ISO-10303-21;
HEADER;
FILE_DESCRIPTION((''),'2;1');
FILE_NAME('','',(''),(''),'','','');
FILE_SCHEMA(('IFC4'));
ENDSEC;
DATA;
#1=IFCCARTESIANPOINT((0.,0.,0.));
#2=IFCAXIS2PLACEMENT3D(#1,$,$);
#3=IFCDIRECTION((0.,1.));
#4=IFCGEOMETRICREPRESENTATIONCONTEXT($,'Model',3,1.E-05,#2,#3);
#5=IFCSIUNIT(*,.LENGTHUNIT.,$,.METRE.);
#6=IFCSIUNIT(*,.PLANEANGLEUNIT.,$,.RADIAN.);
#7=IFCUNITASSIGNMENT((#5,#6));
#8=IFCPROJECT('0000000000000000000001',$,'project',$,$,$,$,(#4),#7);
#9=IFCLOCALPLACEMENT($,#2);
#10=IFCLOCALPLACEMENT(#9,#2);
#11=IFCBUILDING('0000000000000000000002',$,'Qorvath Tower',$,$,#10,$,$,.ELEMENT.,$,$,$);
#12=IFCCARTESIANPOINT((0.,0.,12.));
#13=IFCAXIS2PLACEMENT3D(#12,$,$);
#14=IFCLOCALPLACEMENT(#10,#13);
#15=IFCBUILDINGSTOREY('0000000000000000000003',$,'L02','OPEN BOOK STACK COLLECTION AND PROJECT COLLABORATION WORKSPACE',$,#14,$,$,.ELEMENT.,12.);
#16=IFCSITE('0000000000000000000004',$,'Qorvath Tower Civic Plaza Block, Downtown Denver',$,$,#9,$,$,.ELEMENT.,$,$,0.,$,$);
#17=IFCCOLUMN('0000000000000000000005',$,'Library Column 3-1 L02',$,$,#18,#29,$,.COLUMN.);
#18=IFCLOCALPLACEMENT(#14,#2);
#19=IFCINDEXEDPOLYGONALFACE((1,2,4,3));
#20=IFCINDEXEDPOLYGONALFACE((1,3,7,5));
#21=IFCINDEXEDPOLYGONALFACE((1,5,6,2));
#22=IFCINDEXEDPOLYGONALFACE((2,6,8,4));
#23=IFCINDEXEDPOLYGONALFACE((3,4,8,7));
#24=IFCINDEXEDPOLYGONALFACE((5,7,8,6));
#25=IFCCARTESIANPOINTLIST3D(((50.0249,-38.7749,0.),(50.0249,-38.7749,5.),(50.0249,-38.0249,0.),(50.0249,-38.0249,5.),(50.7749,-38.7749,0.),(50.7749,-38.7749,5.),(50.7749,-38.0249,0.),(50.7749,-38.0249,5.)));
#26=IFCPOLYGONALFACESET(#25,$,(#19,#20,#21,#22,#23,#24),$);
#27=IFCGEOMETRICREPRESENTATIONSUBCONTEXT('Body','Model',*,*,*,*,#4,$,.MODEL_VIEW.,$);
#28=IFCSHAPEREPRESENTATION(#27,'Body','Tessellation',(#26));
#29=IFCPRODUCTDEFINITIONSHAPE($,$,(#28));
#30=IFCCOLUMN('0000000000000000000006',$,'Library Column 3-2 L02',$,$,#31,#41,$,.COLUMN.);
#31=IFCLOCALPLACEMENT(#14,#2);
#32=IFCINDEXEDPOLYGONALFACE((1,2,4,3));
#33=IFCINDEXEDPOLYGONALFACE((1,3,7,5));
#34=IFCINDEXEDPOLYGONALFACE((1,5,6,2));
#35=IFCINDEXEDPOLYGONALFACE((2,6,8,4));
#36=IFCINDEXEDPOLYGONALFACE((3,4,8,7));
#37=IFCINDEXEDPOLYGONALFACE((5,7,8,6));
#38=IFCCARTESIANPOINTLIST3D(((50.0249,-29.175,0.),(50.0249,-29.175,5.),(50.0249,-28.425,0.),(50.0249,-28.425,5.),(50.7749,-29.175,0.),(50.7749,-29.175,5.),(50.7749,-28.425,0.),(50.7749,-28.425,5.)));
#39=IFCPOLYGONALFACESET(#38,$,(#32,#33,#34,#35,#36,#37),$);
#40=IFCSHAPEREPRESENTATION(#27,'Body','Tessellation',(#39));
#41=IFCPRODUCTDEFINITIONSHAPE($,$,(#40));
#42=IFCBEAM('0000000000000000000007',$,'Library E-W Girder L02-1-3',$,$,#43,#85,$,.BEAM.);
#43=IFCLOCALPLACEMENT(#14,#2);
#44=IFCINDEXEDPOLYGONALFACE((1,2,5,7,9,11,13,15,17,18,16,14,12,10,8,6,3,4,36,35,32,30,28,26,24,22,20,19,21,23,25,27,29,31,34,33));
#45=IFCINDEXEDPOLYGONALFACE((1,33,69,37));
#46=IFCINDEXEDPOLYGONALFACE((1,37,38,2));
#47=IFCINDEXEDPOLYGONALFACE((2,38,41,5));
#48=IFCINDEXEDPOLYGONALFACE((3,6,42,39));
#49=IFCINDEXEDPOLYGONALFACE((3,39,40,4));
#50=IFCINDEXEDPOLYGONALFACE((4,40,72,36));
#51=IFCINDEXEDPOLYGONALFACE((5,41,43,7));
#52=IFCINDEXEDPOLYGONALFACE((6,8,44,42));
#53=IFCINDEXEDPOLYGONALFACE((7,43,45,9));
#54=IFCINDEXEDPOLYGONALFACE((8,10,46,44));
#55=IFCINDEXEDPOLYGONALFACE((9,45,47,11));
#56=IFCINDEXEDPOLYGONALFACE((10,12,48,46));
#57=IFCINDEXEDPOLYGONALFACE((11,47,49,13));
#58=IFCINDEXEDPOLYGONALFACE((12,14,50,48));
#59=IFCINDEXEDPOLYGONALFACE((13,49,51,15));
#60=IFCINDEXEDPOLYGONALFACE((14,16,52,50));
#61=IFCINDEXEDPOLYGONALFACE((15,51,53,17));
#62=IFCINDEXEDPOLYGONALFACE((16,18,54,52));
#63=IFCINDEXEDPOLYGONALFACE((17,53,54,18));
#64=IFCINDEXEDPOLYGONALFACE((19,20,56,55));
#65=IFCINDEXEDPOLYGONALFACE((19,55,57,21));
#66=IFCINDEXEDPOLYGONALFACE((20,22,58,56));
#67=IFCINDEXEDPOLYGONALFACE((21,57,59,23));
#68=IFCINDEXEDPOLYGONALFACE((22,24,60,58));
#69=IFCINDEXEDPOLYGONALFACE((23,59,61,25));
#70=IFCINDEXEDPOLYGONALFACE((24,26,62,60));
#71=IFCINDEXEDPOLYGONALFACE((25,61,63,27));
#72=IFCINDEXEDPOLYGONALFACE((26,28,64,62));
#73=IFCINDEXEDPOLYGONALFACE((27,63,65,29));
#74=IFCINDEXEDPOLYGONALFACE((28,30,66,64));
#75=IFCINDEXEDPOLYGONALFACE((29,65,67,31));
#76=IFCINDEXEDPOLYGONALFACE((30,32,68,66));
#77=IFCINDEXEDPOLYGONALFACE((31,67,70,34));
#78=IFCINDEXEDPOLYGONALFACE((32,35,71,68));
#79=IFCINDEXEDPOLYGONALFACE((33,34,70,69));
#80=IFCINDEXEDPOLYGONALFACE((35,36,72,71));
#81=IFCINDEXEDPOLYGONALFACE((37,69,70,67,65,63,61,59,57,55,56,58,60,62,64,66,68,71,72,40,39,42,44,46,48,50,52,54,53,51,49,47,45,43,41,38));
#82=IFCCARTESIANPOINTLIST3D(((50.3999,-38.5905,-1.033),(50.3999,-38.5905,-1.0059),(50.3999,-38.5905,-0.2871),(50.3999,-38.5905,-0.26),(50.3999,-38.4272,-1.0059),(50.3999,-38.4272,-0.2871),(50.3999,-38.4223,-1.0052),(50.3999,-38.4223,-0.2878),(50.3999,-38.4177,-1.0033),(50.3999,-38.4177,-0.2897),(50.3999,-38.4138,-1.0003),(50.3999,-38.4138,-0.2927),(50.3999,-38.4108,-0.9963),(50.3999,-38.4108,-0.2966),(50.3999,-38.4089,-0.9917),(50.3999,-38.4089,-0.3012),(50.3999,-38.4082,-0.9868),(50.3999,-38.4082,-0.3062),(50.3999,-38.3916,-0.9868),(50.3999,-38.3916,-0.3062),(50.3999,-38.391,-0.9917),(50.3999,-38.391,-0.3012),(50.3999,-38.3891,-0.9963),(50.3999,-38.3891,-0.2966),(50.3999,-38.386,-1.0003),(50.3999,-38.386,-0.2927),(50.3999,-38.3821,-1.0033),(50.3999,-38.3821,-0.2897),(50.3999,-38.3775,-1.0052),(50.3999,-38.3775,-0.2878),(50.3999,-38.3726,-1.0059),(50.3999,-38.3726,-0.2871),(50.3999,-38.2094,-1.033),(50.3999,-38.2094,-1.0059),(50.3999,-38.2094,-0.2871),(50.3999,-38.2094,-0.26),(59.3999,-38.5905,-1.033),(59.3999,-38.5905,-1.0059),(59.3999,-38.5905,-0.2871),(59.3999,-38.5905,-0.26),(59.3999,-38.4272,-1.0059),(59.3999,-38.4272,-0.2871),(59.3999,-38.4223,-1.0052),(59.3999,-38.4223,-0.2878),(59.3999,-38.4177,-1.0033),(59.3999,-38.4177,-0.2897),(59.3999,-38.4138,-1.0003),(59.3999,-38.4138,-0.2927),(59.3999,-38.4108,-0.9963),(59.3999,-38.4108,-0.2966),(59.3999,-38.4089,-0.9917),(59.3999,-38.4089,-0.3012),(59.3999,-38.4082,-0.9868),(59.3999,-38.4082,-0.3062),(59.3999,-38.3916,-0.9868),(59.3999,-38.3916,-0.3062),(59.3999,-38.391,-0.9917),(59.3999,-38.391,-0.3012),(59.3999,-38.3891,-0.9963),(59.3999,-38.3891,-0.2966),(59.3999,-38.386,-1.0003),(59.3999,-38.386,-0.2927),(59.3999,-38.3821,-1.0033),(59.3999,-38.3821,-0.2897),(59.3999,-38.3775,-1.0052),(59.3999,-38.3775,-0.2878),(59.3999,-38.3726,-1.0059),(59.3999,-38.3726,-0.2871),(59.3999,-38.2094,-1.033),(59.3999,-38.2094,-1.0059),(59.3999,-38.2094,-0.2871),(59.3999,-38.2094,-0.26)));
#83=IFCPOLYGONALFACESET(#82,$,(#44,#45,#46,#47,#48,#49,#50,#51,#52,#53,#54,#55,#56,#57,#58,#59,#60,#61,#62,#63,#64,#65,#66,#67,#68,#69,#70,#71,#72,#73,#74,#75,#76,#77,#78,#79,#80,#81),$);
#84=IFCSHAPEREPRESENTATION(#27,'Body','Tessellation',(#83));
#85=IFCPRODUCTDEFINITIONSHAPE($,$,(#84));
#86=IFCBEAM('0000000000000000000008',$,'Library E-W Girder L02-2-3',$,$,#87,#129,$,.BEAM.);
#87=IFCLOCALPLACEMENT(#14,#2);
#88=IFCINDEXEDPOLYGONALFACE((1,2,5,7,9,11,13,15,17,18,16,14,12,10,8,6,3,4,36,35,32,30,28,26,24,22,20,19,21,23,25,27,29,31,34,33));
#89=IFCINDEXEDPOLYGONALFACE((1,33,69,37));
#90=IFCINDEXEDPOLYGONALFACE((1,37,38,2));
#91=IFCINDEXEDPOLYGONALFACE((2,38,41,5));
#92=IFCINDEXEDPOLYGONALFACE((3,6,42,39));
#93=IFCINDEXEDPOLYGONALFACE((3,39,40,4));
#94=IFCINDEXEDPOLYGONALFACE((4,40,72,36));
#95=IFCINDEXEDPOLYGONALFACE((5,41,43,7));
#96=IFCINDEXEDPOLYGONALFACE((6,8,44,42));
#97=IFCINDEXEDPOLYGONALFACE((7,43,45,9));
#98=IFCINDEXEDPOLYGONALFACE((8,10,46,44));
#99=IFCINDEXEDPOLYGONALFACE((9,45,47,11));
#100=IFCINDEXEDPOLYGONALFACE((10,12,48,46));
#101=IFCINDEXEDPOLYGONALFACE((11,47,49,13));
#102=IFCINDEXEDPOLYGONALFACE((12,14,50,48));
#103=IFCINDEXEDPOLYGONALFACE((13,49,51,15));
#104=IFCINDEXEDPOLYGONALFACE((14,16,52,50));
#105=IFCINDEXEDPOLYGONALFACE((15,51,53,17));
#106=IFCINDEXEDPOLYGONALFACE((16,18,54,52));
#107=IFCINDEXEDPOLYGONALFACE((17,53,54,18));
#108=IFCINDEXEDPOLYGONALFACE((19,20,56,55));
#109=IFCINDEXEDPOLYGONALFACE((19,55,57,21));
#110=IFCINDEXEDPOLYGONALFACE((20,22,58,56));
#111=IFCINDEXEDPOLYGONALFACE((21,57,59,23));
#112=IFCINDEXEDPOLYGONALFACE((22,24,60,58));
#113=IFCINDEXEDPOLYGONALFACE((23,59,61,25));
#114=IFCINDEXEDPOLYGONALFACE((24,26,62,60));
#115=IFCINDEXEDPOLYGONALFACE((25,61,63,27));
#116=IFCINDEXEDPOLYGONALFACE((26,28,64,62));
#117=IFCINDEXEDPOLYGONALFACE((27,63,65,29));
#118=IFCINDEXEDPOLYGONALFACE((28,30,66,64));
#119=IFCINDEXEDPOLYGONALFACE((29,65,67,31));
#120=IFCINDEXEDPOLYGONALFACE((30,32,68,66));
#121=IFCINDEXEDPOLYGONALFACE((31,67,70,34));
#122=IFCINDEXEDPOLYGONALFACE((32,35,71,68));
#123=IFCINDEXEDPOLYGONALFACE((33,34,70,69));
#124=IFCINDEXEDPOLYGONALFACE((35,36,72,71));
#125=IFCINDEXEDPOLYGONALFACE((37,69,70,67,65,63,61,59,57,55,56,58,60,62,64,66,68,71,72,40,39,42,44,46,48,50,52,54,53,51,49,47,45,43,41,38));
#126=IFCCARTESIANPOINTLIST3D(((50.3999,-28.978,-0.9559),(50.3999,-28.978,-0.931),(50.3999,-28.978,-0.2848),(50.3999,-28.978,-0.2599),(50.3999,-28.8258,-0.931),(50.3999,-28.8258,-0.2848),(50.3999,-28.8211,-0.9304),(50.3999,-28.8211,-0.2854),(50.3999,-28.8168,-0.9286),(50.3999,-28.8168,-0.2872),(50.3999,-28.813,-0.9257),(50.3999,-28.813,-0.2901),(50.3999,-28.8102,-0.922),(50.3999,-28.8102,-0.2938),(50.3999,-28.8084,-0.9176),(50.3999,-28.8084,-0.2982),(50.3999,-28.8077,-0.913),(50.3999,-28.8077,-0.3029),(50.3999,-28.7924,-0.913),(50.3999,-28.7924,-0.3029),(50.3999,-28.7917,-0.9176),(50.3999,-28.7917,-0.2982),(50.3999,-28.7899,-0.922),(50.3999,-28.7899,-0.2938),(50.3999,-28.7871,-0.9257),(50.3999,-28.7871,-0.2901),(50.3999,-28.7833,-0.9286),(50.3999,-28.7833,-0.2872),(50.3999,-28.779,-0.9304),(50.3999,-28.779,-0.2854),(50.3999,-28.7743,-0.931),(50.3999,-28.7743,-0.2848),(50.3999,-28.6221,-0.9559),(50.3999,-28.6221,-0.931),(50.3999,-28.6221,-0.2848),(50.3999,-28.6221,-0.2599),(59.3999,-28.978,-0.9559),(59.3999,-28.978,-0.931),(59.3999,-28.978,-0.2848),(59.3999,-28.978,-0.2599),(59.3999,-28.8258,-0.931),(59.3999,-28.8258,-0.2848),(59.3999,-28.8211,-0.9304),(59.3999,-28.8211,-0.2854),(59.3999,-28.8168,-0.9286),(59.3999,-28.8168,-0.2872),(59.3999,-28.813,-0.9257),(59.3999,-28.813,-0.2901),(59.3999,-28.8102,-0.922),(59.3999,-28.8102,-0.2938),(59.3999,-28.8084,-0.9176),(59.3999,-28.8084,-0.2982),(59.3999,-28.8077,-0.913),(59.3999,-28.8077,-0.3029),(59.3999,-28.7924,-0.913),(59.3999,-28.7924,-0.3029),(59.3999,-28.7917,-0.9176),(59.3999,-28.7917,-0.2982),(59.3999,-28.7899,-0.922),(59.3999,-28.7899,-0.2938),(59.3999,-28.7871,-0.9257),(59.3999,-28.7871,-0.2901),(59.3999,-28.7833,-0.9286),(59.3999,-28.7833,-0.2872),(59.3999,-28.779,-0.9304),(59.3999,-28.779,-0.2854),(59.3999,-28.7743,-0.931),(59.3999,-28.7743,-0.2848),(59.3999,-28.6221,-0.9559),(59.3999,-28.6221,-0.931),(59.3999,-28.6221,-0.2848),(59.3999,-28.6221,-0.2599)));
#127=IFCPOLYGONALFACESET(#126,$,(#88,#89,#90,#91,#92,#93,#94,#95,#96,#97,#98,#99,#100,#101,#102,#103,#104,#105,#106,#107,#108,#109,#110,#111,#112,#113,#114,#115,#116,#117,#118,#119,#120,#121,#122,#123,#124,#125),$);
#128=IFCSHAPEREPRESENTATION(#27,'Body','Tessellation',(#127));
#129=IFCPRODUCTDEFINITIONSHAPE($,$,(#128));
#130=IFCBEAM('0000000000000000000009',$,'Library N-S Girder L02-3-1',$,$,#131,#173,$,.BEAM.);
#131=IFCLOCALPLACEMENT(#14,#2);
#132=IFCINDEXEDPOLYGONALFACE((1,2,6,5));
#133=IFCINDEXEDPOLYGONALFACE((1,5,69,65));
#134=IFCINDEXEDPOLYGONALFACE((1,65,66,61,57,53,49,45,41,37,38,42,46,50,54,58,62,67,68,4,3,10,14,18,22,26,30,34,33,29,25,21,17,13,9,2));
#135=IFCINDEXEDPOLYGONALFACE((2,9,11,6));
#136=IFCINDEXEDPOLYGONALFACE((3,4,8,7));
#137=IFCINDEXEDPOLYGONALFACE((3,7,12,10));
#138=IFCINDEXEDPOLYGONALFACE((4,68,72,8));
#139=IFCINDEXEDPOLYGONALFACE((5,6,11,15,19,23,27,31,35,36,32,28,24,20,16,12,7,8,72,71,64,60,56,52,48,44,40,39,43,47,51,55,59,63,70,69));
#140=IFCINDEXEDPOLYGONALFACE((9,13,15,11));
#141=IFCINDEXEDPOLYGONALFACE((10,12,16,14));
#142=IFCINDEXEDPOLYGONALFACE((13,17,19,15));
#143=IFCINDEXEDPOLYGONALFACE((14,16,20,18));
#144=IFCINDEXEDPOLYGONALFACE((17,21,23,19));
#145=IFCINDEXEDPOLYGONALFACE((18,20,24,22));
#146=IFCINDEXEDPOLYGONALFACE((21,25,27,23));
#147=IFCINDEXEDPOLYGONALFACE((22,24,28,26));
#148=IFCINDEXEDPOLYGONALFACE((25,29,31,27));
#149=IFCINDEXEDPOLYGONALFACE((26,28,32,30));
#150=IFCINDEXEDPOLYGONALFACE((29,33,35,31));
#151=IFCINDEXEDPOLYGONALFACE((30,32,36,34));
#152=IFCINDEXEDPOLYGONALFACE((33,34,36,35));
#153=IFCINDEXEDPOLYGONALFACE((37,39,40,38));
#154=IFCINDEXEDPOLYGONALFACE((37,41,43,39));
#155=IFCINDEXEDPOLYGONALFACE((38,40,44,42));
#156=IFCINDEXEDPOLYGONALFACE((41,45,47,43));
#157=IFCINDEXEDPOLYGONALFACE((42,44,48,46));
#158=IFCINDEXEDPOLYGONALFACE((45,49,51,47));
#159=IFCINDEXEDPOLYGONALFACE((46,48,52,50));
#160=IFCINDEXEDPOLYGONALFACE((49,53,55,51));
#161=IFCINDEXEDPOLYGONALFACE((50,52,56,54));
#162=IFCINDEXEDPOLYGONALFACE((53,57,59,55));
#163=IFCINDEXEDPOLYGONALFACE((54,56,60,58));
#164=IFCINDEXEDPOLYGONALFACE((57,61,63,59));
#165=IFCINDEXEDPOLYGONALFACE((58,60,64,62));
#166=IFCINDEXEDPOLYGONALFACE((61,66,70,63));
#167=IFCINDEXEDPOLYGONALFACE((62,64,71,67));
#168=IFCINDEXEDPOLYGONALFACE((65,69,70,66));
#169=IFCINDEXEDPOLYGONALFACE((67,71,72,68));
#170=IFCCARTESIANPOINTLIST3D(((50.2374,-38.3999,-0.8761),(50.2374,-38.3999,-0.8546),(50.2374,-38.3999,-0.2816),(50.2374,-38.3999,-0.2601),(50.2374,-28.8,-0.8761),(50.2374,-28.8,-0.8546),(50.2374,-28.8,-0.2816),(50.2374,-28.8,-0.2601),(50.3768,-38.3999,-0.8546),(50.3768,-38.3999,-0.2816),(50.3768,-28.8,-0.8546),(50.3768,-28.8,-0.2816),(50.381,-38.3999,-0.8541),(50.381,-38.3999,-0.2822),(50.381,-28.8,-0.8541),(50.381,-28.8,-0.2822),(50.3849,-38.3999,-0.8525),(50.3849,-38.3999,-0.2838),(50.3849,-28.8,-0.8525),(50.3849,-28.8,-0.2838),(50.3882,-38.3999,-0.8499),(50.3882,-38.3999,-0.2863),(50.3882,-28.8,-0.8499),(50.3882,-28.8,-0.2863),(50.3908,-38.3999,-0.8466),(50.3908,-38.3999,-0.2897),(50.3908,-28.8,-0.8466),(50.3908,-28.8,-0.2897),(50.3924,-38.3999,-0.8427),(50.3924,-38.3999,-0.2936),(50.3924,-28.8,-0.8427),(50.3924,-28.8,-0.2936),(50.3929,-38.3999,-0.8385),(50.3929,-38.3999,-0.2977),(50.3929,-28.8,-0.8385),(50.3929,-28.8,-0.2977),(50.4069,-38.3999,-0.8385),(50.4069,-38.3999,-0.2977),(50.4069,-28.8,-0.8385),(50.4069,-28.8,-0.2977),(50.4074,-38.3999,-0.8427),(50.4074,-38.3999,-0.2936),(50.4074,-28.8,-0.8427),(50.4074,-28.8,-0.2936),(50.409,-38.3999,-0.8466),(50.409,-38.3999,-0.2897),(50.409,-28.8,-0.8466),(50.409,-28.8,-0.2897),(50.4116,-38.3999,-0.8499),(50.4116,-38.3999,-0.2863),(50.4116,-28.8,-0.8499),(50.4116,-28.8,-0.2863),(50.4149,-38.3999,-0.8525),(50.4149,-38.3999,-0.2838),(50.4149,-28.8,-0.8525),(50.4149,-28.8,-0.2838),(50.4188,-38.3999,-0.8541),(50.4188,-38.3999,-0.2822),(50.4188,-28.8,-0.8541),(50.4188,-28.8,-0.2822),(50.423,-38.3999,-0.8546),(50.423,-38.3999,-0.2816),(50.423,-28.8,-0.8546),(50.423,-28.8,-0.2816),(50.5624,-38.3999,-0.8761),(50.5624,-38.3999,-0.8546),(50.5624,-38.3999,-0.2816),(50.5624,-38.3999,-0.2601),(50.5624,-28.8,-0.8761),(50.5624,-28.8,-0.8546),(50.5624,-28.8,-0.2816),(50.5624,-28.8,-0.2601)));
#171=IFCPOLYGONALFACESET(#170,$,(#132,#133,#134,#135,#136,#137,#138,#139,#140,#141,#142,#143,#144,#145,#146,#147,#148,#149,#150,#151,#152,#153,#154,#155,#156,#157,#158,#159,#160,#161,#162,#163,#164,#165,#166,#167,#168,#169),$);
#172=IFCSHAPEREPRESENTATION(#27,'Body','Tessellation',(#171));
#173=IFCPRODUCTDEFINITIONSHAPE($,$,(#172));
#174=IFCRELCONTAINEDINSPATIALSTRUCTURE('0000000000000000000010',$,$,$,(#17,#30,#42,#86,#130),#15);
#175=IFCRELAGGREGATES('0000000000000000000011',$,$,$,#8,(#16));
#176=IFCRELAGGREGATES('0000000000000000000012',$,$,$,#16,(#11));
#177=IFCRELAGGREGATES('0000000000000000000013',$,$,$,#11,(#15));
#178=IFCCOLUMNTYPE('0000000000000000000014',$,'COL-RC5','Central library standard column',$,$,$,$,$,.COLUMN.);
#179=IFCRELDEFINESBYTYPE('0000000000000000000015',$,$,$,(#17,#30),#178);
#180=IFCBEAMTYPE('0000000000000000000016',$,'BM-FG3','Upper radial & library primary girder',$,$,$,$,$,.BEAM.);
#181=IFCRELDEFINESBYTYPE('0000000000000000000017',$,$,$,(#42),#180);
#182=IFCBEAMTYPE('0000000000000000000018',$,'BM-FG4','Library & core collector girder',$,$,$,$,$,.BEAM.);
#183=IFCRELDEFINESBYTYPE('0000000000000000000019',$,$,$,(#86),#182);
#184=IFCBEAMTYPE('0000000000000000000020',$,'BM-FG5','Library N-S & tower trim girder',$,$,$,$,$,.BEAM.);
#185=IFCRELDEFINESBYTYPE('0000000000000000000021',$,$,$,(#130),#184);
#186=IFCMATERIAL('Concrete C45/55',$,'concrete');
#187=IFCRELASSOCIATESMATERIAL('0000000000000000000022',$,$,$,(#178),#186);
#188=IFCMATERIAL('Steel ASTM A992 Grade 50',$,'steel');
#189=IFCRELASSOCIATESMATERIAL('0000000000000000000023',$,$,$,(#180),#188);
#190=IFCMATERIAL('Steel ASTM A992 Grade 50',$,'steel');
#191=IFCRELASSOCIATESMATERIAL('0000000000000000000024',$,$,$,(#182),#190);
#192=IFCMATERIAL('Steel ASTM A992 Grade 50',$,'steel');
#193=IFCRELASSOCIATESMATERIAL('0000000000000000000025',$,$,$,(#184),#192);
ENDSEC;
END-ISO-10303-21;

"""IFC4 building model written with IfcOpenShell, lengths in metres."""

from ifc_helpers import new_model, si_unit, direction, frame, origin, origin_2d, place, context, subcontext, project, spatial, rectangle, i_section, extrude, material, material_profile, profile_set, type_object, element, save


model = new_model("IFC4")

# Units and contexts
model_context = context("Model", 3, precision=1e-05, world=origin(), true_north=direction((0.0, 1.0)))
body_context = subcontext(model_context, "Body", "Model", "MODEL_VIEW")
ifc_project = project(units=[si_unit("LENGTHUNIT", "METRE"), si_unit("PLANEANGLEUNIT", "RADIAN")], contexts=[model_context])

# Site, building, storey
site_placement = place(None, origin())
site = spatial("IfcSite", under=ifc_project, at=site_placement, Name="Qorvath Tower Civic Plaza Block, Downtown Denver", CompositionType="ELEMENT", RefElevation=0.0)
building_placement = place(site_placement, origin())
building = spatial("IfcBuilding", under=site, at=building_placement, Name="Qorvath Tower", CompositionType="ELEMENT")
storey_placement = place(building_placement, frame((0.0, 0.0, 12.0)))
storey = spatial("IfcBuildingStorey", under=building, at=storey_placement, Name="L02", Description="OPEN BOOK STACK COLLECTION AND PROJECT COLLABORATION WORKSPACE", CompositionType="ELEMENT", Elevation=12.0)

# Columns
ifc_material_1 = material(Name="Concrete C45/55", Category="concrete")
ifc_material_profile_1 = material_profile(ifc_material_1, rectangle(XDim=0.75, YDim=0.75, at=origin_2d()), Name="RC 750x750")
ifc_profile_set_1 = profile_set([ifc_material_profile_1], Name="Concrete C45/55")
column_type = type_object("IfcColumnType", Name="COL-RC5", Description="Central library standard column", PredefinedType="COLUMN", material=ifc_profile_set_1)
for number, where, z_axis, x_axis, name in (
    (1, (50.3999, -38.3999, 0.0), (0.0, 0.0, 1.0), (1.0, 0.0, 0.0), "Library Column 3-1 L02"),
    (2, (50.3999, -28.8, 0.0), (0.0, 0.0, 1.0), (1.0, 0.0, 0.0), "Library Column 3-2 L02"),
):
    element("IfcColumn", number, at=place(storey_placement, frame(where, z_axis=z_axis, x_axis=x_axis)), inside=storey, type_object=column_type, Name=name, PredefinedType="COLUMN", context=body_context, shape_type="SweptSolid", body=[
        extrude(rectangle(XDim=0.75, YDim=0.75, at=origin_2d()), origin(), (0.0, 0.0, 1.0), 5.0),
    ])

# Beams
ifc_material_2 = material(Name="Steel ASTM A992 Grade 50", Category="steel")
ifc_material_profile_2 = material_profile(ifc_material_2, i_section(OverallWidth=0.3811, OverallDepth=0.7729, WebThickness=0.0166, FlangeThickness=0.0271, FilletRadius=0.019, at=origin_2d()), Name="W30x173")
ifc_profile_set_2 = profile_set([ifc_material_profile_2], Name="Steel ASTM A992 Grade 50")
beam_type_1 = type_object("IfcBeamType", Name="BM-FG3", Description="Upper radial & library primary girder", PredefinedType="BEAM", material=ifc_profile_set_2)
beam_1_placement = place(storey_placement, frame((50.3999, -38.3999, -0.6465), z_axis=(1.0, 0.0, 0.0), x_axis=(0.0, 1.0, 0.0)))
element("IfcBeam", 3, at=beam_1_placement, inside=storey, type_object=beam_type_1, Name="Library E-W Girder L02-1-3", PredefinedType="BEAM", context=body_context, shape_type="SweptSolid", body=[
    extrude(i_section(OverallWidth=0.3811, OverallDepth=0.7729, WebThickness=0.0166, FlangeThickness=0.0271, FilletRadius=0.019, at=origin_2d()), origin(), (0.0, 0.0, 1.0), 9.0),
])
ifc_material_3 = material(Name="Steel ASTM A992 Grade 50", Category="steel")
ifc_material_profile_3 = material_profile(ifc_material_3, i_section(OverallWidth=0.356, OverallDepth=0.696, WebThickness=0.0154, FlangeThickness=0.0249, FilletRadius=0.0181, at=origin_2d()), Name="W27x146")
ifc_profile_set_3 = profile_set([ifc_material_profile_3], Name="Steel ASTM A992 Grade 50")
beam_type_2 = type_object("IfcBeamType", Name="BM-FG4", Description="Library & core collector girder", PredefinedType="BEAM", material=ifc_profile_set_3)
beam_2_placement = place(storey_placement, frame((50.3999, -28.8, -0.6079), z_axis=(1.0, 0.0, 0.0), x_axis=(0.0, 1.0, 0.0)))
element("IfcBeam", 4, at=beam_2_placement, inside=storey, type_object=beam_type_2, Name="Library E-W Girder L02-2-3", PredefinedType="BEAM", context=body_context, shape_type="SweptSolid", body=[
    extrude(i_section(OverallWidth=0.356, OverallDepth=0.696, WebThickness=0.0154, FlangeThickness=0.0249, FilletRadius=0.0181, at=origin_2d()), origin(), (0.0, 0.0, 1.0), 9.0),
])
ifc_material_4 = material(Name="Steel ASTM A992 Grade 50", Category="steel")
ifc_material_profile_4 = material_profile(ifc_material_4, i_section(OverallWidth=0.325, OverallDepth=0.616, WebThickness=0.0139, FlangeThickness=0.0215, FilletRadius=0.0161, at=origin_2d()), Name="W24x117")
ifc_profile_set_4 = profile_set([ifc_material_profile_4], Name="Steel ASTM A992 Grade 50")
beam_type_3 = type_object("IfcBeamType", Name="BM-FG5", Description="Library N-S & tower trim girder", PredefinedType="BEAM", material=ifc_profile_set_4)
beam_3_placement = place(storey_placement, frame((50.3999, -38.3999, -0.5681), z_axis=(0.0, 1.0, 0.0), x_axis=(-1.0, 0.0, 0.0)))
element("IfcBeam", 5, at=beam_3_placement, inside=storey, type_object=beam_type_3, Name="Library N-S Girder L02-3-1", PredefinedType="BEAM", context=body_context, shape_type="SweptSolid", body=[
    extrude(i_section(OverallWidth=0.325, OverallDepth=0.616, WebThickness=0.0139, FlangeThickness=0.0215, FilletRadius=0.0161, at=origin_2d()), origin(), (0.0, 0.0, 1.0), 9.5999),
])

save(model, "model.ifc")
